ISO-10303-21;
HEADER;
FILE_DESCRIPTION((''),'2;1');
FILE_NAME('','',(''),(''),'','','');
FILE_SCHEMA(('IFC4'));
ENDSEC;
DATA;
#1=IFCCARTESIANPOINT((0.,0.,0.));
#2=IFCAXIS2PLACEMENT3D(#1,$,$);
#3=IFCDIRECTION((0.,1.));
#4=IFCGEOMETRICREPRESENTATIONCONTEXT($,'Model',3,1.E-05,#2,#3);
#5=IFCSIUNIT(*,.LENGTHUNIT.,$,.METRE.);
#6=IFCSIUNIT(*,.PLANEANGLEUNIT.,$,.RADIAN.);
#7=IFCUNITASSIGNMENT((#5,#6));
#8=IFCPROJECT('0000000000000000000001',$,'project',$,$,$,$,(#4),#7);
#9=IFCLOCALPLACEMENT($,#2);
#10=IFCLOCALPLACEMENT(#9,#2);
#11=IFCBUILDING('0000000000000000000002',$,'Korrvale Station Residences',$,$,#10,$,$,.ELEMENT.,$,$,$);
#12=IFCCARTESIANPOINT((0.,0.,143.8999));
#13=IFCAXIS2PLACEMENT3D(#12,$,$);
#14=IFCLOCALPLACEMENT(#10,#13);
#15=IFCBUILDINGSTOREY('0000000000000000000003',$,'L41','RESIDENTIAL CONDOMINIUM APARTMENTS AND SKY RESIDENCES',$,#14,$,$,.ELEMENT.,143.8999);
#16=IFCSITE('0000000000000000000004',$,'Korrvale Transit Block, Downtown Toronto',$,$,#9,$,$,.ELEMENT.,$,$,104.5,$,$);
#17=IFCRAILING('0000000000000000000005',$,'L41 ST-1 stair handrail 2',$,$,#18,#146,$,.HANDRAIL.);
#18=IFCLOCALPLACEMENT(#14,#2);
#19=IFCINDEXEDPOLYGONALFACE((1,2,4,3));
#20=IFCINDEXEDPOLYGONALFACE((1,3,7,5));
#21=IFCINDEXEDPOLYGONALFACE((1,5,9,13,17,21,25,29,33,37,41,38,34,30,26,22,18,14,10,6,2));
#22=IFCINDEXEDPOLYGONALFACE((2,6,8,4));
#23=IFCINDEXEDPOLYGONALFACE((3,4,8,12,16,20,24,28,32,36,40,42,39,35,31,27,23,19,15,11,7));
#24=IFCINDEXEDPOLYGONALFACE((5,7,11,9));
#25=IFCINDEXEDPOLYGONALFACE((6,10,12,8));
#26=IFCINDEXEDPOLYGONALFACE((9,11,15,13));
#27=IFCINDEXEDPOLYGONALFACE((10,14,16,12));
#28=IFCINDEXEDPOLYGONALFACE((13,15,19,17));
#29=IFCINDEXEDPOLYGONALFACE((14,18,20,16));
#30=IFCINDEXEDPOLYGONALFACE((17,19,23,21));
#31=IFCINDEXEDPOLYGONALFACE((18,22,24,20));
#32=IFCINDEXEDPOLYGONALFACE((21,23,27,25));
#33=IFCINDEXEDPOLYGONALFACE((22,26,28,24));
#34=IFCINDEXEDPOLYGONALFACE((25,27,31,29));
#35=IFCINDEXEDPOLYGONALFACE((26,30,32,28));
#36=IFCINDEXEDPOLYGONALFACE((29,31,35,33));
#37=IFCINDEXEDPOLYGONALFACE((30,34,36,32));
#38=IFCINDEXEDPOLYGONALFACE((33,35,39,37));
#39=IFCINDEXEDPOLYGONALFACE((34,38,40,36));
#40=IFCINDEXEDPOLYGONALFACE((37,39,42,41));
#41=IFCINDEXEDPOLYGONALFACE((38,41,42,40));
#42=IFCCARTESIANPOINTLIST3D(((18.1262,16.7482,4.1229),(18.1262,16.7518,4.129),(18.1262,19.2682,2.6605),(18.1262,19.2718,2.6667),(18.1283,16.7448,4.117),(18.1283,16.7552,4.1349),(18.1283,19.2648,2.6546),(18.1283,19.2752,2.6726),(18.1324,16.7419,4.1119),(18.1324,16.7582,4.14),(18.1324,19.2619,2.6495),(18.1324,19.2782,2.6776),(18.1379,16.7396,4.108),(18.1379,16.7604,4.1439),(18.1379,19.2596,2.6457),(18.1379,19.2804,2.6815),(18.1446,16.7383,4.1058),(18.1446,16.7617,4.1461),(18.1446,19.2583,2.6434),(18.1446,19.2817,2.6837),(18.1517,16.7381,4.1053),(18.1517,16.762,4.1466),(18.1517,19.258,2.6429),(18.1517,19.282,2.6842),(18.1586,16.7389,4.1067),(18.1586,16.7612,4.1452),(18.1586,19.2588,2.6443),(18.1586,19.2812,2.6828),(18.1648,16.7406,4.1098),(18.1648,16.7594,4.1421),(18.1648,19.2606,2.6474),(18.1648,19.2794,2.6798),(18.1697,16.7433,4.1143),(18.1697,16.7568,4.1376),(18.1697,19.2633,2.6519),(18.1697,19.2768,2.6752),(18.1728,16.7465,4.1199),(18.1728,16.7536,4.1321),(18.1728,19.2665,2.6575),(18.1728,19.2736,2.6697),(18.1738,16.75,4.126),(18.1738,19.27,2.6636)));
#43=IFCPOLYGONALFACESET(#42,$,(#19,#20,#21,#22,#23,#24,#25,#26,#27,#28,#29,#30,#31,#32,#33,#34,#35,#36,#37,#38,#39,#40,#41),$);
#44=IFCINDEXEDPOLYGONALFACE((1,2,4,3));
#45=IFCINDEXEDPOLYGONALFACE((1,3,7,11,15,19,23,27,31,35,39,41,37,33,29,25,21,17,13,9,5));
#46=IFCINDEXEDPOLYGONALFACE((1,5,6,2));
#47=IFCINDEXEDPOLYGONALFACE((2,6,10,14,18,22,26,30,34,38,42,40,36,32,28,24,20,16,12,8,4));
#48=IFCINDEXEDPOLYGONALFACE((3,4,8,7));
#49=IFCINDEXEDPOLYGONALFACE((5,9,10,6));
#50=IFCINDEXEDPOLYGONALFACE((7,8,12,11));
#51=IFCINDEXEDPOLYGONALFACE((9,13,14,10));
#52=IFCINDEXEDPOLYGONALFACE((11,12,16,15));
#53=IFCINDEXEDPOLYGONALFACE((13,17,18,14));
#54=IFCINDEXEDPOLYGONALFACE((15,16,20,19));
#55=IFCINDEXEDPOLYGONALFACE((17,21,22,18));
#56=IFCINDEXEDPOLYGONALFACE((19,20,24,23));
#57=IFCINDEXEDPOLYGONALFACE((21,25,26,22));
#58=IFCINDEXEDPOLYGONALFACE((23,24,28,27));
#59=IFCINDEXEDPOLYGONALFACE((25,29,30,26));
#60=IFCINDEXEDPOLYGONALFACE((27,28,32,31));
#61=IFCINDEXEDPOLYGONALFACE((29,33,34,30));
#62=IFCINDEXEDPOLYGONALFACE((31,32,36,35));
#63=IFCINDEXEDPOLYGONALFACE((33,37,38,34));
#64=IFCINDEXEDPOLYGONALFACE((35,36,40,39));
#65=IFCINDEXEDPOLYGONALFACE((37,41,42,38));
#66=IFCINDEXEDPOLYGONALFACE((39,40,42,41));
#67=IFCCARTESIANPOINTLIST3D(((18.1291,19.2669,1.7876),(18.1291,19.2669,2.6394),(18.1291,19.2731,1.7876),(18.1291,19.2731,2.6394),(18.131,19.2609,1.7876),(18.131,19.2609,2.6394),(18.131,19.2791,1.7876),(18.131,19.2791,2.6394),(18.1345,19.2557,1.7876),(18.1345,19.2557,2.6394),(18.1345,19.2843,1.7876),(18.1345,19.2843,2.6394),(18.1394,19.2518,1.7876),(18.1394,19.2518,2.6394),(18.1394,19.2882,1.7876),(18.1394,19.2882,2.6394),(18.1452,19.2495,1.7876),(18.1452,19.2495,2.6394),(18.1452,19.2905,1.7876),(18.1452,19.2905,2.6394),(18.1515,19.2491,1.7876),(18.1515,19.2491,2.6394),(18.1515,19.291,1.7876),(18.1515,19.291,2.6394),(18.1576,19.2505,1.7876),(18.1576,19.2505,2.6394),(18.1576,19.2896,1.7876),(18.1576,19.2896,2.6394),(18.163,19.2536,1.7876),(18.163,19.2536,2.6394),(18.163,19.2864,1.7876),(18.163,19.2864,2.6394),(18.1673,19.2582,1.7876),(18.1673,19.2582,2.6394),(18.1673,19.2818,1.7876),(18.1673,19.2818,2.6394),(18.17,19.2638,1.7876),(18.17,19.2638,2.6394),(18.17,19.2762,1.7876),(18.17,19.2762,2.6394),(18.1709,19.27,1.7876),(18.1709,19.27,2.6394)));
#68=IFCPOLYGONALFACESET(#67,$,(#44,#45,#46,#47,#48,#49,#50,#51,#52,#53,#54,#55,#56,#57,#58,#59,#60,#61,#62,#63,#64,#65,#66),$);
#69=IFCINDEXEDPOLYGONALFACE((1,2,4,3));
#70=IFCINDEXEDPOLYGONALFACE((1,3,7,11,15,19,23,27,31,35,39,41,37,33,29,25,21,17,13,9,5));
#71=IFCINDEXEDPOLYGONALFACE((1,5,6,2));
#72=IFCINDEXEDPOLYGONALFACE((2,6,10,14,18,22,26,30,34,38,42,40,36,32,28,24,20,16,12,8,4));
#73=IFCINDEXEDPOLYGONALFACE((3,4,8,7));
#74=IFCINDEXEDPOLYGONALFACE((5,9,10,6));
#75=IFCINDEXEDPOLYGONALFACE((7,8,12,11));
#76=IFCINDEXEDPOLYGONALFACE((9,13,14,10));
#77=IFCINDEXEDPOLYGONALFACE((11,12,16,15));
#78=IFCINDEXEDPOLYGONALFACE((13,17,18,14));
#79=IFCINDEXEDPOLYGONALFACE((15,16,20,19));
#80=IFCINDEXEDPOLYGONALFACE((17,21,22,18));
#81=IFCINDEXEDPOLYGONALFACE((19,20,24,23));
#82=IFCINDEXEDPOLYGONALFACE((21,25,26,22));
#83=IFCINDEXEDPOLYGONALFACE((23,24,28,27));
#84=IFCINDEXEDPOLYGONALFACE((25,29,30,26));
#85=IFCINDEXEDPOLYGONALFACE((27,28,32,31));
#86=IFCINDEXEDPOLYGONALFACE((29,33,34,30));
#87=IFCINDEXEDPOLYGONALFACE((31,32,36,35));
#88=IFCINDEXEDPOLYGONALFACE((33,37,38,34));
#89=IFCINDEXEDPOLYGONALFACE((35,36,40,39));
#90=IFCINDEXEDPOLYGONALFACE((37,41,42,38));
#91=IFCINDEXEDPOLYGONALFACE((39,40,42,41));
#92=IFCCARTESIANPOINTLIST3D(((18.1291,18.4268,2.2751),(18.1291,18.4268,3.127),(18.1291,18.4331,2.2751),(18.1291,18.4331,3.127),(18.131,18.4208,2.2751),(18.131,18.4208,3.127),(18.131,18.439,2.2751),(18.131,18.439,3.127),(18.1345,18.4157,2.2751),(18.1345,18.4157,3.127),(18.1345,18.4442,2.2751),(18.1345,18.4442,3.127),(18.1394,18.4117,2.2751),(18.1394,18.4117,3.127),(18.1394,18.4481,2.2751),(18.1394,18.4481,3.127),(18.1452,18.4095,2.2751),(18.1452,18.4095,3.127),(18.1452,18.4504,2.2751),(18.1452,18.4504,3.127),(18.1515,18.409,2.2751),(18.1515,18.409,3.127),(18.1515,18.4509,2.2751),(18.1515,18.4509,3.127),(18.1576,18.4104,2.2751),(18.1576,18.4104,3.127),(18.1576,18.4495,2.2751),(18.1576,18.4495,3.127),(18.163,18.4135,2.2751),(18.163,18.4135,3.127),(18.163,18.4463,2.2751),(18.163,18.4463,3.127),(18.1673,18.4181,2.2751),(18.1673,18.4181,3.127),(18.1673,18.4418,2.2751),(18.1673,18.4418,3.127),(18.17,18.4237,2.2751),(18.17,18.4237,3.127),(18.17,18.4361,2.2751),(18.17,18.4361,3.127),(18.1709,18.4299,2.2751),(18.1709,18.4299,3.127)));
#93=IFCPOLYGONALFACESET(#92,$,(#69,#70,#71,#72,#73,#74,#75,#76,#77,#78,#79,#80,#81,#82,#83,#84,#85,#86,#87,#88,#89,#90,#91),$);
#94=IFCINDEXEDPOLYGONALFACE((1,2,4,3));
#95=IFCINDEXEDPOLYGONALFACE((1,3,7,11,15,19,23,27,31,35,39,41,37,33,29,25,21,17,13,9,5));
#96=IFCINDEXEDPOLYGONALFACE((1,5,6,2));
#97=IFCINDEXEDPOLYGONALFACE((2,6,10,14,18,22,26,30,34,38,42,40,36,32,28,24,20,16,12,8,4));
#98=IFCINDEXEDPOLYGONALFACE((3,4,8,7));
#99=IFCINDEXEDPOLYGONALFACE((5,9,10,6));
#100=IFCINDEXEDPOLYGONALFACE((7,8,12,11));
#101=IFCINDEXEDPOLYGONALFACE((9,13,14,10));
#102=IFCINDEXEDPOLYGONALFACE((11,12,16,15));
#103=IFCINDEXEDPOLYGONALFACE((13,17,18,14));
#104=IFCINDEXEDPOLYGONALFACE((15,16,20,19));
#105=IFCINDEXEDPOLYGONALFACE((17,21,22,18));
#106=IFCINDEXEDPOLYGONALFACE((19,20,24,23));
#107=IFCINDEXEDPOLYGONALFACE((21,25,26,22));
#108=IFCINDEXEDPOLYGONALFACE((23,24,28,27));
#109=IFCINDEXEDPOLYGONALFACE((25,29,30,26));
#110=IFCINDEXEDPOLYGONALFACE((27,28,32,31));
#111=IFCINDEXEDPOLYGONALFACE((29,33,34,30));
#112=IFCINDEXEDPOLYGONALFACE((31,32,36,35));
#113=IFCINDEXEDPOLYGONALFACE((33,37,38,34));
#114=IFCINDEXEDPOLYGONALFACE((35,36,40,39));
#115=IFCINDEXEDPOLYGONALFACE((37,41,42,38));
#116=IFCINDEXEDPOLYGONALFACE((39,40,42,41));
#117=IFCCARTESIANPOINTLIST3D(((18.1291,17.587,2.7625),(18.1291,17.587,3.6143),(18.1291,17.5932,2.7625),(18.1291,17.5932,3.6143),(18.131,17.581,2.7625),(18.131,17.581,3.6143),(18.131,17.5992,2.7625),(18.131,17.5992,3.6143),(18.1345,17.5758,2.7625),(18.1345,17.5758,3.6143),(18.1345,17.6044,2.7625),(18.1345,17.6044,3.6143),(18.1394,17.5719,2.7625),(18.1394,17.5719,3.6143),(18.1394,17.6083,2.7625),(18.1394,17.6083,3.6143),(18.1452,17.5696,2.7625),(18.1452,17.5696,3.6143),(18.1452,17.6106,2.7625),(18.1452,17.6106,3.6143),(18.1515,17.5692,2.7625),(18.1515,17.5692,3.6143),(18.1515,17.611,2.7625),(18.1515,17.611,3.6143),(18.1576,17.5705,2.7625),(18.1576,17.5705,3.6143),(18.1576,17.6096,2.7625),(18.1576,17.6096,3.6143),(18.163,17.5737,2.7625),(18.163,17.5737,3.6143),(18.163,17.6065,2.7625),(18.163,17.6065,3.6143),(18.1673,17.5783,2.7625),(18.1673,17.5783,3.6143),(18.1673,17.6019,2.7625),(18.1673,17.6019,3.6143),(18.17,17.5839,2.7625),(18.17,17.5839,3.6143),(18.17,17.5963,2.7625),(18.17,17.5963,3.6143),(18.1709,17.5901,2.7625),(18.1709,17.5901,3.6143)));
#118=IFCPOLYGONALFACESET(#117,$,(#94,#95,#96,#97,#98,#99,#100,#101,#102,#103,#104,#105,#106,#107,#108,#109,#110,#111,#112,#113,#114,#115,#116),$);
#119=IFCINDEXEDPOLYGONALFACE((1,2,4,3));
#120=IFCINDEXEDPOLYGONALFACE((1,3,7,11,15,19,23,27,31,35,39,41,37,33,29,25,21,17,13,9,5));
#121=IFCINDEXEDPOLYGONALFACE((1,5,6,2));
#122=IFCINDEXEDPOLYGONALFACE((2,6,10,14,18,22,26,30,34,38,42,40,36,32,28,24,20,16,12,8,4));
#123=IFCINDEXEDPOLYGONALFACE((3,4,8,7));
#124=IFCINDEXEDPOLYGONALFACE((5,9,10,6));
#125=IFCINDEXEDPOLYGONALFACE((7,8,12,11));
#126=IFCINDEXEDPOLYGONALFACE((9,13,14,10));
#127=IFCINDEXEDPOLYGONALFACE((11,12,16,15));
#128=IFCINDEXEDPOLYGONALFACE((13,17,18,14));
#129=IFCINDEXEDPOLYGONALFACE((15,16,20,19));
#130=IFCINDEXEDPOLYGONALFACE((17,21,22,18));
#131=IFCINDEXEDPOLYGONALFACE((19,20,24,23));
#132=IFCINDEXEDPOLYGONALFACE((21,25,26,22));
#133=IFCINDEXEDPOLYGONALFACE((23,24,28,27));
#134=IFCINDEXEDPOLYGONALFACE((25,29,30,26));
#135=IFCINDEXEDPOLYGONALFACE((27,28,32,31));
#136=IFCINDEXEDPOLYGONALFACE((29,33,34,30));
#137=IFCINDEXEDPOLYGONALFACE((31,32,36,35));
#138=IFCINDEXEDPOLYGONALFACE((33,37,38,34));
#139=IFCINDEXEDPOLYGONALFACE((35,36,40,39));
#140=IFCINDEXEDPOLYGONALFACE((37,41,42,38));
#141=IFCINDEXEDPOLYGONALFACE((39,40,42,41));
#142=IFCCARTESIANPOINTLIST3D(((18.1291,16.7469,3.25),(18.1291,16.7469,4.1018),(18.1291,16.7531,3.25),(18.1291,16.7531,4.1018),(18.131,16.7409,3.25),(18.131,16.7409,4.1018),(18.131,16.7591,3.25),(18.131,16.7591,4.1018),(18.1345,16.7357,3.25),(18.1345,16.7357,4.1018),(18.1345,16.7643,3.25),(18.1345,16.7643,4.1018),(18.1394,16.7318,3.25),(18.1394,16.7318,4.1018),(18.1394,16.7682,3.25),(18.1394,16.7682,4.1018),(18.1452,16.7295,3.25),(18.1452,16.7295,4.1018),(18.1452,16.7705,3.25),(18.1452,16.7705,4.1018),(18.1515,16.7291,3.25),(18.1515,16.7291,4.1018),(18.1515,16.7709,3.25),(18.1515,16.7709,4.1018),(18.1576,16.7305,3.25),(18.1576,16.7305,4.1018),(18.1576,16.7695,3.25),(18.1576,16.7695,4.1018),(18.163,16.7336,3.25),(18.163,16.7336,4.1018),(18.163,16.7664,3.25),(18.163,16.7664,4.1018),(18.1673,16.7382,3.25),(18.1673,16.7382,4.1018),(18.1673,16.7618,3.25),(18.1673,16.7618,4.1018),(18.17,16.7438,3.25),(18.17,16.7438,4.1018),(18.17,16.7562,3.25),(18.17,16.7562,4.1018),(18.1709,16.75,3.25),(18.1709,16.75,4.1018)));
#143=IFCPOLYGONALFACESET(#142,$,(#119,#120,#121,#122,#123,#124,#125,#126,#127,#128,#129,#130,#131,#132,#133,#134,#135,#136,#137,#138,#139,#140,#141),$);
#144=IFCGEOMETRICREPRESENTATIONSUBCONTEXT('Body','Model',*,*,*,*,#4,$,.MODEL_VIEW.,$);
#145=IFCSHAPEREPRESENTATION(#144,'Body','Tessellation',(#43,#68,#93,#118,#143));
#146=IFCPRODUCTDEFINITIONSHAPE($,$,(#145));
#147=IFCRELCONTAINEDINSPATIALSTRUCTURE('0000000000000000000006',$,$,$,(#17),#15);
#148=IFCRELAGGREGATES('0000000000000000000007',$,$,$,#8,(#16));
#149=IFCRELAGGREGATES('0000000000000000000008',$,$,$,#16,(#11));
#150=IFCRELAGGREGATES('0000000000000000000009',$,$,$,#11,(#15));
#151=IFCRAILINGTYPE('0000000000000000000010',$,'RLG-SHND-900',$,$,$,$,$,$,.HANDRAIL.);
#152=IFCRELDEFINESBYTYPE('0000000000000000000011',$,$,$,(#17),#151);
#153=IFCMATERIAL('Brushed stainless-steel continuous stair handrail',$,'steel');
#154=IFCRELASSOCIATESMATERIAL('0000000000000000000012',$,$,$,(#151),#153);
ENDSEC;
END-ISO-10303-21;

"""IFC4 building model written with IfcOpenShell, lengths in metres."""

from ifc_helpers import new_model, si_unit, direction, frame, origin, origin_2d, place, context, subcontext, project, spatial, circle, extrude, material, type_object, element, save


model = new_model("IFC4")

# Units and contexts
model_context = context("Model", 3, precision=1e-05, world=origin(), true_north=direction((0.0, 1.0)))
body_context = subcontext(model_context, "Body", "Model", "MODEL_VIEW")
ifc_project = project(units=[si_unit("LENGTHUNIT", "METRE"), si_unit("PLANEANGLEUNIT", "RADIAN")], contexts=[model_context])

# Site, building, storey
site_placement = place(None, origin())
site = spatial("IfcSite", under=ifc_project, at=site_placement, Name="Korrvale Transit Block, Downtown Toronto", CompositionType="ELEMENT", RefElevation=104.5)
building_placement = place(site_placement, origin())
building = spatial("IfcBuilding", under=site, at=building_placement, Name="Korrvale Station Residences", CompositionType="ELEMENT")
storey_placement = place(building_placement, frame((0.0, 0.0, 143.8999)))
storey = spatial("IfcBuildingStorey", under=building, at=storey_placement, Name="L41", Description="RESIDENTIAL CONDOMINIUM APARTMENTS AND SKY RESIDENCES", CompositionType="ELEMENT", Elevation=143.8999)

# Railing
ifc_material_1 = material(Name="Brushed stainless-steel continuous stair handrail", Category="steel")
railing_type_1 = type_object("IfcRailingType", Name="RLG-SHND-900", PredefinedType="HANDRAIL", material=ifc_material_1)
railing_1_placement = place(storey_placement, frame((18.1499, 19.27, 1.7876)))
element("IfcRailing", 1, at=railing_1_placement, inside=storey, type_object=railing_type_1, Name="L41 ST-1 stair handrail 2", PredefinedType="HANDRAIL", context=body_context, shape_type="SweptSolid", body=[
    extrude(circle(Radius=0.0239, at=origin_2d()), frame((0.0, 0.0, 0.876), z_axis=(0.0, -0.864913, 0.501921), x_axis=(1.0, 0.0, 0.0)), (0.0, 0.0, 1.0), 2.9136),
    extrude(circle(Radius=0.021, at=origin_2d()), origin(), (0.0, 0.0, 1.0), 0.8518),
    extrude(circle(Radius=0.021, at=origin_2d()), frame((0.0, -0.8401, 0.4875)), (0.0, 0.0, 1.0), 0.8518),
    extrude(circle(Radius=0.021, at=origin_2d()), frame((0.0, -1.6799, 0.9749)), (0.0, 0.0, 1.0), 0.8518),
    extrude(circle(Radius=0.021, at=origin_2d()), frame((0.0, -2.52, 1.4624)), (0.0, 0.0, 1.0), 0.8518),
])

save(model, "model.ifc")
